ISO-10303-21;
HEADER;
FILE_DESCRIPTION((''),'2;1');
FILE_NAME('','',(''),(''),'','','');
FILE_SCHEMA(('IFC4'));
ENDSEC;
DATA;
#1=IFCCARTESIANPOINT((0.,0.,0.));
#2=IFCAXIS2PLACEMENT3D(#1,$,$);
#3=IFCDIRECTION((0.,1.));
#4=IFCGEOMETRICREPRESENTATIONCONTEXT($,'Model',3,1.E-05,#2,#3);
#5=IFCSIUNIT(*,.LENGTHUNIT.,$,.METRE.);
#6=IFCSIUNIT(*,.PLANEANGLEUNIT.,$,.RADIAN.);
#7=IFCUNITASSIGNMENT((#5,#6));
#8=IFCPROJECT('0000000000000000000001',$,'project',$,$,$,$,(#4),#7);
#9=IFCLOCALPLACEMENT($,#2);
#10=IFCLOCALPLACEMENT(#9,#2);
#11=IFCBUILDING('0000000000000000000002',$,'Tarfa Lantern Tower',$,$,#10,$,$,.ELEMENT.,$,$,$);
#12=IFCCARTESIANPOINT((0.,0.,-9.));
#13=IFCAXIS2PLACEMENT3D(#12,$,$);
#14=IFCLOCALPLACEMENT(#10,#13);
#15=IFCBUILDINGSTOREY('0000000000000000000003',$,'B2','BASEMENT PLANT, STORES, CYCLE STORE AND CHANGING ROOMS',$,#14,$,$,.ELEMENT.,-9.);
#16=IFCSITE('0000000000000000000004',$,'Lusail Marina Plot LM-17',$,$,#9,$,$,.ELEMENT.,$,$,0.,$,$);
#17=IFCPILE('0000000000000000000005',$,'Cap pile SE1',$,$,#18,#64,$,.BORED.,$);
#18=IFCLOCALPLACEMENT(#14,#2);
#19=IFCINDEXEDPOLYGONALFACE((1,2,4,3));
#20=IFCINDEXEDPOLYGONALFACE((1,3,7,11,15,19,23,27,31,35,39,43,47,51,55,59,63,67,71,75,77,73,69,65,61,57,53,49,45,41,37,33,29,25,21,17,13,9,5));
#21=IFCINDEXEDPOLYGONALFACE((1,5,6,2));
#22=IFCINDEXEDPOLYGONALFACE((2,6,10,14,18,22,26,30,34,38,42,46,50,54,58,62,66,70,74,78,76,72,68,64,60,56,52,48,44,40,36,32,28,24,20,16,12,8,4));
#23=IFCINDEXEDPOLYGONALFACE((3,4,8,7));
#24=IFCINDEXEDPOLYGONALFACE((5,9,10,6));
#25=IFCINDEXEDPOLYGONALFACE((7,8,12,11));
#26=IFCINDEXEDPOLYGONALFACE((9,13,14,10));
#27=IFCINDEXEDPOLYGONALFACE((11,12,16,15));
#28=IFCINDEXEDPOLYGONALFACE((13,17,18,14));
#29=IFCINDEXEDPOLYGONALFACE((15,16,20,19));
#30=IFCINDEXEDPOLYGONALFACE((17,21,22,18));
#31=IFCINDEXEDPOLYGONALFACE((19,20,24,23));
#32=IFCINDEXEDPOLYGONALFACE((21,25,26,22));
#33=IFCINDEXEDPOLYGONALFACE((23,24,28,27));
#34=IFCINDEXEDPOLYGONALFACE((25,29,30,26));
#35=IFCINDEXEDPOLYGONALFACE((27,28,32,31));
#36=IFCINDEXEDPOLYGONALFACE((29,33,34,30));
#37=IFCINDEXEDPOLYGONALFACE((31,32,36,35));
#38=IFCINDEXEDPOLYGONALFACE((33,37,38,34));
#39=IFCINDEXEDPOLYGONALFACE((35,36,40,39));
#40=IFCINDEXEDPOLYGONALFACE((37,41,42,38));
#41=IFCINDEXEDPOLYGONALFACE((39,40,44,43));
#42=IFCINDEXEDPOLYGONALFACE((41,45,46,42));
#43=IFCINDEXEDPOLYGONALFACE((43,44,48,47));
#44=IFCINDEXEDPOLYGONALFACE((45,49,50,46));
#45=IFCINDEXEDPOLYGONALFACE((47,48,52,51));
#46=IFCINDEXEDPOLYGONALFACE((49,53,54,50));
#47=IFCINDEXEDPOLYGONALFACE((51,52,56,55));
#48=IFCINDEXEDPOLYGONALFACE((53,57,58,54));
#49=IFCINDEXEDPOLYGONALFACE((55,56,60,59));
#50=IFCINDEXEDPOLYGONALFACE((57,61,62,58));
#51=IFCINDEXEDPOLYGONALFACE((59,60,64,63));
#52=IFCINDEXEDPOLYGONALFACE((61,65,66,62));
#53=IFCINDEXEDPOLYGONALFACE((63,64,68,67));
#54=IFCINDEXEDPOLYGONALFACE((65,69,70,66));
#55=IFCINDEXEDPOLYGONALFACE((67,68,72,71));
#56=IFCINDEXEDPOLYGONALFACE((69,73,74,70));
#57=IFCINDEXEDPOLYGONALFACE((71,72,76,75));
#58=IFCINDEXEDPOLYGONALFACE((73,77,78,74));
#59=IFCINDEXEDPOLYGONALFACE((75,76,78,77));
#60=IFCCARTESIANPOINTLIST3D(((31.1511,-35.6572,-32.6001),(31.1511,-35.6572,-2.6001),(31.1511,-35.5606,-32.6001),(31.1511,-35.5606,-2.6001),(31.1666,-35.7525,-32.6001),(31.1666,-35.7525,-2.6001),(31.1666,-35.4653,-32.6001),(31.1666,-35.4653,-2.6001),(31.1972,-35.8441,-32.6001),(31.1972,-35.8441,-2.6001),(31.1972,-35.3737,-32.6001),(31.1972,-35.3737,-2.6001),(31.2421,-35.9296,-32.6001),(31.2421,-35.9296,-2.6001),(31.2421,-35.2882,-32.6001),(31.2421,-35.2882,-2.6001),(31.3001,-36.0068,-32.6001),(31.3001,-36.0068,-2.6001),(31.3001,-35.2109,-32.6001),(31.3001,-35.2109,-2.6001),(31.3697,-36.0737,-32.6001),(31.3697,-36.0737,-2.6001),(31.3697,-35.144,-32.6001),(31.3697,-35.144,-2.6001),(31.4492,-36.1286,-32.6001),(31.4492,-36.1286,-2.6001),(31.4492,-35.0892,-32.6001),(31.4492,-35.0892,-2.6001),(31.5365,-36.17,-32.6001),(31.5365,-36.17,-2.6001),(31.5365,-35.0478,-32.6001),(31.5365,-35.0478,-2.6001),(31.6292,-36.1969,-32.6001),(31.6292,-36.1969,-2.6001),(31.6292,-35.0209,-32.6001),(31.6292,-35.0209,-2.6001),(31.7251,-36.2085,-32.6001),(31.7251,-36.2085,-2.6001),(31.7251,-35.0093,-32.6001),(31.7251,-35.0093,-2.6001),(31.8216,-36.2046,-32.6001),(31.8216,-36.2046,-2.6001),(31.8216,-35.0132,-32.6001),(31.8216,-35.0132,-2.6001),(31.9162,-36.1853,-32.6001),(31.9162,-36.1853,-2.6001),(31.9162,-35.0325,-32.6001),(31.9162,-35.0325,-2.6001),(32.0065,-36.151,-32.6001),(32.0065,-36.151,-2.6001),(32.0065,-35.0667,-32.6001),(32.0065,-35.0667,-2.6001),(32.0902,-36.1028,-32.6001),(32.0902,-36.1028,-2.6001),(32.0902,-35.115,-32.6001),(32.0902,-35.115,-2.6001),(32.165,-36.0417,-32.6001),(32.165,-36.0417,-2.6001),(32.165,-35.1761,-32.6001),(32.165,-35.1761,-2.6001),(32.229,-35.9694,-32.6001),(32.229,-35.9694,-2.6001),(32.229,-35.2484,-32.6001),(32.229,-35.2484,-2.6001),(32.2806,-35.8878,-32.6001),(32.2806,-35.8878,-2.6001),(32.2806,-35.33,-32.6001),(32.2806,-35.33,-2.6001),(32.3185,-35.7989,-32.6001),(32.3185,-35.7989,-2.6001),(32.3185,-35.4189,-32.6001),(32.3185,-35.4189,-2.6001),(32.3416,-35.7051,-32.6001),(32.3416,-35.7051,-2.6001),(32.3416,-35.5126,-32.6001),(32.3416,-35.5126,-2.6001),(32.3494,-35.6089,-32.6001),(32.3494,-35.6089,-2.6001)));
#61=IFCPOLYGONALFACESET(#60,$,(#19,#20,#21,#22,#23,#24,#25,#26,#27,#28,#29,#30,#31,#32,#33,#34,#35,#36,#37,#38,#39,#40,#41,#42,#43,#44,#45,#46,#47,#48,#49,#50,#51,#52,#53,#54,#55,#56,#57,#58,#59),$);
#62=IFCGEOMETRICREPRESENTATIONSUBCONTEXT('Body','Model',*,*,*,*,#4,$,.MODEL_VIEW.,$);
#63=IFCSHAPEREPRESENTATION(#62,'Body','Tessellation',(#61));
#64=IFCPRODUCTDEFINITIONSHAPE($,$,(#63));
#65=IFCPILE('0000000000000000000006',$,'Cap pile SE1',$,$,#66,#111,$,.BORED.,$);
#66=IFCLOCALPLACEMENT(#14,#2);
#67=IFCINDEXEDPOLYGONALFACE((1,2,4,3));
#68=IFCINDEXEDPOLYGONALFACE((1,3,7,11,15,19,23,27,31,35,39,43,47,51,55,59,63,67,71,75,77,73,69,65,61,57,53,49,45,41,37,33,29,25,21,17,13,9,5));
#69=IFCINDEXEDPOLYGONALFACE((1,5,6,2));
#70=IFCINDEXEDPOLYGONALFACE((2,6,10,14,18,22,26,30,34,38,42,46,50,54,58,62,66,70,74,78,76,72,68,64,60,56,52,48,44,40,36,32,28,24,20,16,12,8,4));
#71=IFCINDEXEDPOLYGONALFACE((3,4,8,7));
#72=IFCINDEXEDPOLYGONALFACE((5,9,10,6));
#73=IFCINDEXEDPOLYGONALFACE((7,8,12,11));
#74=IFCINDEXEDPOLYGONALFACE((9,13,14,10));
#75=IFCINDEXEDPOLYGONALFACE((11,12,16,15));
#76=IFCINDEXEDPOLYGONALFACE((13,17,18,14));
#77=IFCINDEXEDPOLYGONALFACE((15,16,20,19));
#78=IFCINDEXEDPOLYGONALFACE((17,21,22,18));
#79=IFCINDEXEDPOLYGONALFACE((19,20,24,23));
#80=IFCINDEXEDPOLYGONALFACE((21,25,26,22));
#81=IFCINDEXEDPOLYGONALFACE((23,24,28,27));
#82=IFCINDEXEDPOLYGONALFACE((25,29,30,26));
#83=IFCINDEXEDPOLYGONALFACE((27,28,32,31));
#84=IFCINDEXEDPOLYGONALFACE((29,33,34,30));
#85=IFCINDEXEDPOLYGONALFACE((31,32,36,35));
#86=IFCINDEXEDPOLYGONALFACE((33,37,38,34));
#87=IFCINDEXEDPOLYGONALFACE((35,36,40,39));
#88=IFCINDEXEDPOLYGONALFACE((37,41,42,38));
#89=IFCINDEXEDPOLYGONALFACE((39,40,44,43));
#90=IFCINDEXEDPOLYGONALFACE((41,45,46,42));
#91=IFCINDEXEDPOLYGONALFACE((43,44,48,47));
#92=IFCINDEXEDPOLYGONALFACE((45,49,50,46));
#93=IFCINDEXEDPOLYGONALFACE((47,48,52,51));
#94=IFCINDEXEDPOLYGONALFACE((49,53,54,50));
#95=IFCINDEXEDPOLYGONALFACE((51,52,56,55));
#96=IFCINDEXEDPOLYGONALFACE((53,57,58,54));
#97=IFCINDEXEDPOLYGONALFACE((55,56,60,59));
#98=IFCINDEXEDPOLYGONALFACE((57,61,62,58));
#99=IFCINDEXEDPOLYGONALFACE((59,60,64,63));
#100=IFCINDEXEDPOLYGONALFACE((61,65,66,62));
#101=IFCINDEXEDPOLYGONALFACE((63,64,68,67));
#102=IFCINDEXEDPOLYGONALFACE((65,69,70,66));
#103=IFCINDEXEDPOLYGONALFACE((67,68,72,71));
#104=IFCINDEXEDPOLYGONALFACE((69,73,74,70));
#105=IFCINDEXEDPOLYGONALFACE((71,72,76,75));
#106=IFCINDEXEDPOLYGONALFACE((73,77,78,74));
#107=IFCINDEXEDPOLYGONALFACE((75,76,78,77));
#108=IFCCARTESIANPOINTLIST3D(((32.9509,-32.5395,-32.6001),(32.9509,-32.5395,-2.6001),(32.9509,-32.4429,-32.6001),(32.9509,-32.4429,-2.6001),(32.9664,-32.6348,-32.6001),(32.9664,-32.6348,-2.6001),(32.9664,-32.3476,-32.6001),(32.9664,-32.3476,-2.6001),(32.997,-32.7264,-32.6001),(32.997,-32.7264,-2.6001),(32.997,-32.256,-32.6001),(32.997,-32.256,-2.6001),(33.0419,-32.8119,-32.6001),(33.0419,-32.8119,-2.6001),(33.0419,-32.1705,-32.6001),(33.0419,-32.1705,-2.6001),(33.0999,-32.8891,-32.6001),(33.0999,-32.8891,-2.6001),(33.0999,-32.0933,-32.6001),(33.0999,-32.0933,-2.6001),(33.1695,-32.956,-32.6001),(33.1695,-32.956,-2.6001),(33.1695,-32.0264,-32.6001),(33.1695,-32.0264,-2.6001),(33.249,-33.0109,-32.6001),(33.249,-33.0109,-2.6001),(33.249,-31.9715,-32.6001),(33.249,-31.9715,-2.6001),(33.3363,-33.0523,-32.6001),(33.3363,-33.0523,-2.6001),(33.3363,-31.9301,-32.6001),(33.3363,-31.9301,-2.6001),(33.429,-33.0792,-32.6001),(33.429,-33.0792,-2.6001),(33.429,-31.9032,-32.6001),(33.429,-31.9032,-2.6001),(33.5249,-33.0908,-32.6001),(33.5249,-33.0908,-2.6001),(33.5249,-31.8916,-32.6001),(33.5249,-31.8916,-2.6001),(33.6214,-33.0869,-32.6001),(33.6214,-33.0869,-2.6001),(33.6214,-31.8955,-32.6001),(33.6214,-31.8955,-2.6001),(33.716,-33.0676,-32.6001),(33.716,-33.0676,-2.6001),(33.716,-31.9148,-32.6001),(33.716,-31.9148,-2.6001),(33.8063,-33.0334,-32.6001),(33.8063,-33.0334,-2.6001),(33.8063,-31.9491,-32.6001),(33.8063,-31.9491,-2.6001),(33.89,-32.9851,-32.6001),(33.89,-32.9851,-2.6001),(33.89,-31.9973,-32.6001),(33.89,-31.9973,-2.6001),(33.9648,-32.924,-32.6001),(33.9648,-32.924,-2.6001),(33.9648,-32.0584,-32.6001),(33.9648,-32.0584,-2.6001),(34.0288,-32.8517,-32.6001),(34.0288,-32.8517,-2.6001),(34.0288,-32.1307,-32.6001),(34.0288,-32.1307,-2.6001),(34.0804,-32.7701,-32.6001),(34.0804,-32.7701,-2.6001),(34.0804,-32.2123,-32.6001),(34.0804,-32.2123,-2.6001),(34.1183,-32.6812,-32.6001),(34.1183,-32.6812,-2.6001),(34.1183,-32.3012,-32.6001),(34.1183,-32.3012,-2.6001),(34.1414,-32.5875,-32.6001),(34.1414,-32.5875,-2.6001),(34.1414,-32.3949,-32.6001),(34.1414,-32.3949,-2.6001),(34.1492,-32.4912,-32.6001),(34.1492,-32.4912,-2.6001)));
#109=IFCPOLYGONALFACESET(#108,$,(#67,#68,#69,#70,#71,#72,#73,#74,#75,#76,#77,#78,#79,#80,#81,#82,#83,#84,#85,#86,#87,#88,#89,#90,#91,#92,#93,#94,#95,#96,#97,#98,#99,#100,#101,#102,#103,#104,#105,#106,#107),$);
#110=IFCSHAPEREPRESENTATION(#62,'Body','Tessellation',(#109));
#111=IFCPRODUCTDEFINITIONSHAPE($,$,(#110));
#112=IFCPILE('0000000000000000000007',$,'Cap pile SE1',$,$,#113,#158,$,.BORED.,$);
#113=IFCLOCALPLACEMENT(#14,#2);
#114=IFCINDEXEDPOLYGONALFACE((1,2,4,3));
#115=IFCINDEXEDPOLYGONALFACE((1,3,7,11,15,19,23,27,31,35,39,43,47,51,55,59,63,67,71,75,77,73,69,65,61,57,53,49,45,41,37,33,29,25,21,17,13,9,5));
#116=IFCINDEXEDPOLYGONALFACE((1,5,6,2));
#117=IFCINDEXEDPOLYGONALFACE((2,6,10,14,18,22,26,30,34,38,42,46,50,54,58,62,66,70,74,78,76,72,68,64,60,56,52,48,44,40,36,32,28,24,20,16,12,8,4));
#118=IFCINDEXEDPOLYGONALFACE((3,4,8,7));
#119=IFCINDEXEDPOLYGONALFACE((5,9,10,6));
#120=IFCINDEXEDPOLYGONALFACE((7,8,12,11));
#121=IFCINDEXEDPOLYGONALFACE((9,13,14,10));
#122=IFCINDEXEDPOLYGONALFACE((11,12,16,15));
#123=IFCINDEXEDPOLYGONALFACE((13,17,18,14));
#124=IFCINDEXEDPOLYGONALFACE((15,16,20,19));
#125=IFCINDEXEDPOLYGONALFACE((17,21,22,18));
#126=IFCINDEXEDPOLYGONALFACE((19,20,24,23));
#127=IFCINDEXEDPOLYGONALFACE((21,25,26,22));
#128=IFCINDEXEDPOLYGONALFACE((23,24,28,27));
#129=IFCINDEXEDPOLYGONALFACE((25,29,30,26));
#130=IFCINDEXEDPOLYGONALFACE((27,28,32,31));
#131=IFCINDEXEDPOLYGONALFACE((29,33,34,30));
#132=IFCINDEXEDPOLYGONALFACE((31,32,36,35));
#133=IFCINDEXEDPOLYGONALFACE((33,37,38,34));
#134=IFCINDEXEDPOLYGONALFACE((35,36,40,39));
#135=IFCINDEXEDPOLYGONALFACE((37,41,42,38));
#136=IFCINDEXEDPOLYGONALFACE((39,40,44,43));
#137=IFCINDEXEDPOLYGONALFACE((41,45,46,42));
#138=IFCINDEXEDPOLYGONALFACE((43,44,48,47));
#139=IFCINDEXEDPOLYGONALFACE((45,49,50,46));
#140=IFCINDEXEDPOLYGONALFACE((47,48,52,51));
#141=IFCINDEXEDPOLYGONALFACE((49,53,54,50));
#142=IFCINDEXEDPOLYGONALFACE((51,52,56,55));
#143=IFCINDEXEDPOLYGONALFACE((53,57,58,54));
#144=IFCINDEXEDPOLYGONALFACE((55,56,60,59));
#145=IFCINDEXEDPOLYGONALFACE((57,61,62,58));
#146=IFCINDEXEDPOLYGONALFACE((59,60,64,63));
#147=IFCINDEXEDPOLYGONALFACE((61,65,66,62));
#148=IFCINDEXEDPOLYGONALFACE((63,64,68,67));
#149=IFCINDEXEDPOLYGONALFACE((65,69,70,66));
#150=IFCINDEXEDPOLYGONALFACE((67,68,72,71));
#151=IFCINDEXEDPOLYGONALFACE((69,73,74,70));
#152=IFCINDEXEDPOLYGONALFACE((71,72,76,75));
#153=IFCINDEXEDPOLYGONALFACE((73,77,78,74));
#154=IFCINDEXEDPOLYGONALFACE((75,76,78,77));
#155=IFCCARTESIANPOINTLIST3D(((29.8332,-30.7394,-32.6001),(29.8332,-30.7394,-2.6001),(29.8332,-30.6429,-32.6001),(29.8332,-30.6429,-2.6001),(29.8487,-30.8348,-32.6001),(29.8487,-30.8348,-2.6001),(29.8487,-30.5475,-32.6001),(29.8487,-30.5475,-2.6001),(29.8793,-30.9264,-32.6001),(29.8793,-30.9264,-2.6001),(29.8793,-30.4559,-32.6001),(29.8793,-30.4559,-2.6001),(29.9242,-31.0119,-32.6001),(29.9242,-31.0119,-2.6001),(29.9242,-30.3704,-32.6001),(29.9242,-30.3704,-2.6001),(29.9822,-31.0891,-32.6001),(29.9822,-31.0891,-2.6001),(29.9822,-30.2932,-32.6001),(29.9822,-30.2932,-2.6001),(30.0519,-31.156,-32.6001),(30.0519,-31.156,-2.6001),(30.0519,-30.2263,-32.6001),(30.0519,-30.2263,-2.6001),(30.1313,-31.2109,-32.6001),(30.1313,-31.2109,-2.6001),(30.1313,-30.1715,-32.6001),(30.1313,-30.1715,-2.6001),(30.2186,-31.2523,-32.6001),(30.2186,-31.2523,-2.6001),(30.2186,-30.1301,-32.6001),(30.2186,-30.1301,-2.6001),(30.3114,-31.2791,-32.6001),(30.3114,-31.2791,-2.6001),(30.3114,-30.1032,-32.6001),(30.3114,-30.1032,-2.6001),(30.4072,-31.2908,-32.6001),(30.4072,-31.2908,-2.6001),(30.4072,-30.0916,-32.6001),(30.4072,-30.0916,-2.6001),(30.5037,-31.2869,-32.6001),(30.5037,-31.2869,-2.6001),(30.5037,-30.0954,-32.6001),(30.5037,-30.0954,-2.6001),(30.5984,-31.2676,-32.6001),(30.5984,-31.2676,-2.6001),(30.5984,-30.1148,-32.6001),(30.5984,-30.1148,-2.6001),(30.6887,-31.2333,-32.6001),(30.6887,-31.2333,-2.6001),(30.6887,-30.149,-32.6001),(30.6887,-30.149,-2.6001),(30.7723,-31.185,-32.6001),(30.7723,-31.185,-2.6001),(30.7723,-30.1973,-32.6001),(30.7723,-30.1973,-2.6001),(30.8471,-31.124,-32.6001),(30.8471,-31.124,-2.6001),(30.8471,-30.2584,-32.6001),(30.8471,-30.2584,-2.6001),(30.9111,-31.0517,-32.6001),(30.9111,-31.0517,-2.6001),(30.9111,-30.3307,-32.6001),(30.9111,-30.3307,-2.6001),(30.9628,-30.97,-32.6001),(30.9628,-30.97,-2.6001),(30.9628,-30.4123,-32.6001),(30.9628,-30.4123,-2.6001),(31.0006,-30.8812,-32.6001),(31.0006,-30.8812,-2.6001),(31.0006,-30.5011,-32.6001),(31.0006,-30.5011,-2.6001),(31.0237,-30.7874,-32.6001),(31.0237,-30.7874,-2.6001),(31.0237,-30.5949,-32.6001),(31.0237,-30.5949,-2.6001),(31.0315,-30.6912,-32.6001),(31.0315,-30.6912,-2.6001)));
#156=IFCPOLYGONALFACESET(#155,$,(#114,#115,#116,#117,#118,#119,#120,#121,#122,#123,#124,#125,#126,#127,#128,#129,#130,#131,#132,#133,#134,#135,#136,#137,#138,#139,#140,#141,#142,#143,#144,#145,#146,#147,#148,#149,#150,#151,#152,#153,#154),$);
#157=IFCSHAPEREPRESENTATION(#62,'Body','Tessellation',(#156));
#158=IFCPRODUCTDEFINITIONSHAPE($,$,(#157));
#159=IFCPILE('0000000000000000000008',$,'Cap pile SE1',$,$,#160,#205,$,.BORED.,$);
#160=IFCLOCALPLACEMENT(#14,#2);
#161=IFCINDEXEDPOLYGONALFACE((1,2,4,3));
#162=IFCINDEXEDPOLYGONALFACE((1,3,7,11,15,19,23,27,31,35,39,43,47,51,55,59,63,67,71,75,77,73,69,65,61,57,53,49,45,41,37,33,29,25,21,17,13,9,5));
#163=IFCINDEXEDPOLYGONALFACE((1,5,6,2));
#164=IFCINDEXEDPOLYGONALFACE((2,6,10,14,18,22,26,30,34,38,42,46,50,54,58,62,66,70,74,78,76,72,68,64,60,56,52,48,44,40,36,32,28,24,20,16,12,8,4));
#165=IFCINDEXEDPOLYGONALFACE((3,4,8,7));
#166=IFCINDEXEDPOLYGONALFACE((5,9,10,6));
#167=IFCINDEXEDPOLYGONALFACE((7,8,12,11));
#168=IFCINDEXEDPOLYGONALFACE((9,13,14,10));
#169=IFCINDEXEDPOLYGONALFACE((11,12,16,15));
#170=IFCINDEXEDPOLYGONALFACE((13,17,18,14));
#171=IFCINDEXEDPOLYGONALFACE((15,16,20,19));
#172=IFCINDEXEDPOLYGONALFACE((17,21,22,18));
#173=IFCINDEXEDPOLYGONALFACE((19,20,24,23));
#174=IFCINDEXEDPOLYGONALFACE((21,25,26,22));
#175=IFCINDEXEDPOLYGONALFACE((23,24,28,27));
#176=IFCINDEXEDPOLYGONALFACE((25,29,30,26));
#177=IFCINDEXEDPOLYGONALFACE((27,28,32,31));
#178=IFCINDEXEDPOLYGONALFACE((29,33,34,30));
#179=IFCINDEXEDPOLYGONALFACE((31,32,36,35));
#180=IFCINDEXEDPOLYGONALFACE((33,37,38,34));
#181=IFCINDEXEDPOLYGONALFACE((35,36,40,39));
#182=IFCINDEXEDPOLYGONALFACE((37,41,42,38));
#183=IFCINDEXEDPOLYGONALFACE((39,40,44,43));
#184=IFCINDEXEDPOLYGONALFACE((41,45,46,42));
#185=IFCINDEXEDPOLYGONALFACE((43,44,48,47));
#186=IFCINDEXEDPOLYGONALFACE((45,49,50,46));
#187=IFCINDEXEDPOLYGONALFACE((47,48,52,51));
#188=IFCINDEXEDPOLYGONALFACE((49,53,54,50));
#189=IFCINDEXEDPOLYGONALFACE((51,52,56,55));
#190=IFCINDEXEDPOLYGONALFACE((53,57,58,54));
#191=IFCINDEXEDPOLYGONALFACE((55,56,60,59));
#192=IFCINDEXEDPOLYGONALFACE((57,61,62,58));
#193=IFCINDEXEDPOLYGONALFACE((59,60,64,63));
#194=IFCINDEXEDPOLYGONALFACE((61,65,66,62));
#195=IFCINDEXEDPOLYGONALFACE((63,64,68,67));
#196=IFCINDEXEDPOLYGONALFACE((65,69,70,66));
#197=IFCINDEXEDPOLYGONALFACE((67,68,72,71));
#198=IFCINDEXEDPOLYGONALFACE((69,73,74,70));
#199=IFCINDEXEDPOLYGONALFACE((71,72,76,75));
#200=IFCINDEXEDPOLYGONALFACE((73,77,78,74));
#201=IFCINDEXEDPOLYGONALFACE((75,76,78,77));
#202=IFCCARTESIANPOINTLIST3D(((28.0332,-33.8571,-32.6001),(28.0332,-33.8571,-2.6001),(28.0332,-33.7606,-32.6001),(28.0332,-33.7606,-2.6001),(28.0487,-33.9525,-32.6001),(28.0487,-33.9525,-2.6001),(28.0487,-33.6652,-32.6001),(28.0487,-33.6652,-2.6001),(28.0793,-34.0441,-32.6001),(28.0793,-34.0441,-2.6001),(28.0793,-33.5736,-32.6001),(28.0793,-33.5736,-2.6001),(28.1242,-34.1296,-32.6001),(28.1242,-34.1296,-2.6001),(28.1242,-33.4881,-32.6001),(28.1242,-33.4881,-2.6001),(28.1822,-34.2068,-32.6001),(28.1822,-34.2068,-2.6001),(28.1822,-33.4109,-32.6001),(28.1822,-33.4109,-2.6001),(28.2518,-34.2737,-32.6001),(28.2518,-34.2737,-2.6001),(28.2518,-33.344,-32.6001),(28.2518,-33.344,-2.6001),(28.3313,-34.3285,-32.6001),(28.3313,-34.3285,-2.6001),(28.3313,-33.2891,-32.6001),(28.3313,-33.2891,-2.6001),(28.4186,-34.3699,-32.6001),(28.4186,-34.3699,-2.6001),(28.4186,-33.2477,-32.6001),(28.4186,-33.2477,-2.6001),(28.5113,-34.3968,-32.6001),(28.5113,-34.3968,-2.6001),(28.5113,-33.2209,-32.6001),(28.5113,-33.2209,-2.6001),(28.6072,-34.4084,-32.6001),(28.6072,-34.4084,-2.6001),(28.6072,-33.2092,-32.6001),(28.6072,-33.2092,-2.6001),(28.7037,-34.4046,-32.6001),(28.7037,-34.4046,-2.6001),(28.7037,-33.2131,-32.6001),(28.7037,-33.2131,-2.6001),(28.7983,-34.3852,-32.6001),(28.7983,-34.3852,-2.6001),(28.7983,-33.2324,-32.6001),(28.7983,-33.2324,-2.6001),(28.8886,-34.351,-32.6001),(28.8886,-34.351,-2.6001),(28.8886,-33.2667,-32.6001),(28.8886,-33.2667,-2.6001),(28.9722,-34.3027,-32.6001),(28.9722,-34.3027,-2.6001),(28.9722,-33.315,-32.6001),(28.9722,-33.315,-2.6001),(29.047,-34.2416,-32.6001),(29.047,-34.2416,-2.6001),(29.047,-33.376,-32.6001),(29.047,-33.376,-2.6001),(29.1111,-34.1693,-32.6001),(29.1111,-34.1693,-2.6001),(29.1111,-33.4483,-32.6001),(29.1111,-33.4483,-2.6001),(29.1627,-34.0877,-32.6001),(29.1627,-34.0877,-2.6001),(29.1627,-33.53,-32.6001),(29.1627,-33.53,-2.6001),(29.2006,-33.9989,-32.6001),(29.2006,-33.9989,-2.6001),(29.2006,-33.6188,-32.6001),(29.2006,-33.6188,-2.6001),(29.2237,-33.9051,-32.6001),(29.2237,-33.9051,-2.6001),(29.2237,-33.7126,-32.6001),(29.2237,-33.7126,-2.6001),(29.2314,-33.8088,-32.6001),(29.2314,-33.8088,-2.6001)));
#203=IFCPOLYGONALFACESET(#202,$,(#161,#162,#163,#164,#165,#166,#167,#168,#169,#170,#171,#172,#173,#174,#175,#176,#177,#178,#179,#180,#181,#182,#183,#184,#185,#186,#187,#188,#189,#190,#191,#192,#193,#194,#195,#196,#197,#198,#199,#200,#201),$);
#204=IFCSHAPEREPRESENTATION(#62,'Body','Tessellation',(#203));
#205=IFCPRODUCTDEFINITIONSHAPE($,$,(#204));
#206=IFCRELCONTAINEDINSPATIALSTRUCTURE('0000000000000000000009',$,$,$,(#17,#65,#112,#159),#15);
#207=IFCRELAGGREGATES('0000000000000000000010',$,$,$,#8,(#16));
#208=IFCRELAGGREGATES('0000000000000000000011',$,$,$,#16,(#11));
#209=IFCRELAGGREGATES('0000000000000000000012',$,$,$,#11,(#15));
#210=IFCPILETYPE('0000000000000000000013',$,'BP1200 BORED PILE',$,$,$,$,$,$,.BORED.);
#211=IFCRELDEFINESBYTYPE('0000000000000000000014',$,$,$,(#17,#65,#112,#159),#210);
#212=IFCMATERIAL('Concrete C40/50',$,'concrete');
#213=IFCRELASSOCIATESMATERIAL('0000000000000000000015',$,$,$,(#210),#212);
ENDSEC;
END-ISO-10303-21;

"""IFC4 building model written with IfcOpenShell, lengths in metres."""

from ifc_helpers import new_model, si_unit, direction, frame, origin, origin_2d, place, context, subcontext, project, spatial, circle, extrude, material, material_profile, profile_set, type_object, element, save


model = new_model("IFC4")

# Units and contexts
model_context = context("Model", 3, precision=1e-05, world=origin(), true_north=direction((0.0, 1.0)))
body_context = subcontext(model_context, "Body", "Model", "MODEL_VIEW")
ifc_project = project(units=[si_unit("LENGTHUNIT", "METRE"), si_unit("PLANEANGLEUNIT", "RADIAN")], contexts=[model_context])

# Site, building, storey
site_placement = place(None, origin())
site = spatial("IfcSite", under=ifc_project, at=site_placement, Name="Lusail Marina Plot LM-17", CompositionType="ELEMENT", RefElevation=0.0)
building_placement = place(site_placement, origin())
building = spatial("IfcBuilding", under=site, at=building_placement, Name="Tarfa Lantern Tower", CompositionType="ELEMENT")
storey_placement = place(building_placement, frame((0.0, 0.0, -9.0)))
storey = spatial("IfcBuildingStorey", under=building, at=storey_placement, Name="B2", Description="BASEMENT PLANT, STORES, CYCLE STORE AND CHANGING ROOMS", CompositionType="ELEMENT", Elevation=-9.0)

# Piles
ifc_material_1 = material(Name="Concrete C40/50", Category="concrete")
ifc_material_profile_1 = material_profile(ifc_material_1, circle(Radius=0.6001, at=origin_2d()), Name="BORED PILE D1200")
ifc_profile_set_1 = profile_set([ifc_material_profile_1], Name="Concrete C40/50")
pile_type_1 = type_object("IfcPileType", Name="BP1200 BORED PILE", PredefinedType="BORED", material=ifc_profile_set_1)
for number, where, z_axis, x_axis, name in (
    (1, (31.7493, -35.6089, -2.6001), (0.0, 0.0, -1.0), (1.0, 0.0, 0.0), "Cap pile SE1"),
    (2, (33.5491, -32.4912, -2.6001), (0.0, 0.0, -1.0), (1.0, 0.0, 0.0), "Cap pile SE1"),
    (3, (30.4314, -30.6912, -2.6001), (0.0, 0.0, -1.0), (1.0, 0.0, 0.0), "Cap pile SE1"),
    (4, (28.6313, -33.8088, -2.6001), (0.0, 0.0, -1.0), (1.0, 0.0, 0.0), "Cap pile SE1"),
):
    element("IfcPile", number, at=place(storey_placement, frame(where, z_axis=z_axis, x_axis=x_axis)), inside=storey, type_object=pile_type_1, Name=name, PredefinedType="BORED", context=body_context, shape_type="SweptSolid", body=[
        extrude(circle(Radius=0.6001, at=origin_2d()), origin(), (0.0, 0.0, 1.0), 30.0),
    ])

save(model, "model.ifc")
